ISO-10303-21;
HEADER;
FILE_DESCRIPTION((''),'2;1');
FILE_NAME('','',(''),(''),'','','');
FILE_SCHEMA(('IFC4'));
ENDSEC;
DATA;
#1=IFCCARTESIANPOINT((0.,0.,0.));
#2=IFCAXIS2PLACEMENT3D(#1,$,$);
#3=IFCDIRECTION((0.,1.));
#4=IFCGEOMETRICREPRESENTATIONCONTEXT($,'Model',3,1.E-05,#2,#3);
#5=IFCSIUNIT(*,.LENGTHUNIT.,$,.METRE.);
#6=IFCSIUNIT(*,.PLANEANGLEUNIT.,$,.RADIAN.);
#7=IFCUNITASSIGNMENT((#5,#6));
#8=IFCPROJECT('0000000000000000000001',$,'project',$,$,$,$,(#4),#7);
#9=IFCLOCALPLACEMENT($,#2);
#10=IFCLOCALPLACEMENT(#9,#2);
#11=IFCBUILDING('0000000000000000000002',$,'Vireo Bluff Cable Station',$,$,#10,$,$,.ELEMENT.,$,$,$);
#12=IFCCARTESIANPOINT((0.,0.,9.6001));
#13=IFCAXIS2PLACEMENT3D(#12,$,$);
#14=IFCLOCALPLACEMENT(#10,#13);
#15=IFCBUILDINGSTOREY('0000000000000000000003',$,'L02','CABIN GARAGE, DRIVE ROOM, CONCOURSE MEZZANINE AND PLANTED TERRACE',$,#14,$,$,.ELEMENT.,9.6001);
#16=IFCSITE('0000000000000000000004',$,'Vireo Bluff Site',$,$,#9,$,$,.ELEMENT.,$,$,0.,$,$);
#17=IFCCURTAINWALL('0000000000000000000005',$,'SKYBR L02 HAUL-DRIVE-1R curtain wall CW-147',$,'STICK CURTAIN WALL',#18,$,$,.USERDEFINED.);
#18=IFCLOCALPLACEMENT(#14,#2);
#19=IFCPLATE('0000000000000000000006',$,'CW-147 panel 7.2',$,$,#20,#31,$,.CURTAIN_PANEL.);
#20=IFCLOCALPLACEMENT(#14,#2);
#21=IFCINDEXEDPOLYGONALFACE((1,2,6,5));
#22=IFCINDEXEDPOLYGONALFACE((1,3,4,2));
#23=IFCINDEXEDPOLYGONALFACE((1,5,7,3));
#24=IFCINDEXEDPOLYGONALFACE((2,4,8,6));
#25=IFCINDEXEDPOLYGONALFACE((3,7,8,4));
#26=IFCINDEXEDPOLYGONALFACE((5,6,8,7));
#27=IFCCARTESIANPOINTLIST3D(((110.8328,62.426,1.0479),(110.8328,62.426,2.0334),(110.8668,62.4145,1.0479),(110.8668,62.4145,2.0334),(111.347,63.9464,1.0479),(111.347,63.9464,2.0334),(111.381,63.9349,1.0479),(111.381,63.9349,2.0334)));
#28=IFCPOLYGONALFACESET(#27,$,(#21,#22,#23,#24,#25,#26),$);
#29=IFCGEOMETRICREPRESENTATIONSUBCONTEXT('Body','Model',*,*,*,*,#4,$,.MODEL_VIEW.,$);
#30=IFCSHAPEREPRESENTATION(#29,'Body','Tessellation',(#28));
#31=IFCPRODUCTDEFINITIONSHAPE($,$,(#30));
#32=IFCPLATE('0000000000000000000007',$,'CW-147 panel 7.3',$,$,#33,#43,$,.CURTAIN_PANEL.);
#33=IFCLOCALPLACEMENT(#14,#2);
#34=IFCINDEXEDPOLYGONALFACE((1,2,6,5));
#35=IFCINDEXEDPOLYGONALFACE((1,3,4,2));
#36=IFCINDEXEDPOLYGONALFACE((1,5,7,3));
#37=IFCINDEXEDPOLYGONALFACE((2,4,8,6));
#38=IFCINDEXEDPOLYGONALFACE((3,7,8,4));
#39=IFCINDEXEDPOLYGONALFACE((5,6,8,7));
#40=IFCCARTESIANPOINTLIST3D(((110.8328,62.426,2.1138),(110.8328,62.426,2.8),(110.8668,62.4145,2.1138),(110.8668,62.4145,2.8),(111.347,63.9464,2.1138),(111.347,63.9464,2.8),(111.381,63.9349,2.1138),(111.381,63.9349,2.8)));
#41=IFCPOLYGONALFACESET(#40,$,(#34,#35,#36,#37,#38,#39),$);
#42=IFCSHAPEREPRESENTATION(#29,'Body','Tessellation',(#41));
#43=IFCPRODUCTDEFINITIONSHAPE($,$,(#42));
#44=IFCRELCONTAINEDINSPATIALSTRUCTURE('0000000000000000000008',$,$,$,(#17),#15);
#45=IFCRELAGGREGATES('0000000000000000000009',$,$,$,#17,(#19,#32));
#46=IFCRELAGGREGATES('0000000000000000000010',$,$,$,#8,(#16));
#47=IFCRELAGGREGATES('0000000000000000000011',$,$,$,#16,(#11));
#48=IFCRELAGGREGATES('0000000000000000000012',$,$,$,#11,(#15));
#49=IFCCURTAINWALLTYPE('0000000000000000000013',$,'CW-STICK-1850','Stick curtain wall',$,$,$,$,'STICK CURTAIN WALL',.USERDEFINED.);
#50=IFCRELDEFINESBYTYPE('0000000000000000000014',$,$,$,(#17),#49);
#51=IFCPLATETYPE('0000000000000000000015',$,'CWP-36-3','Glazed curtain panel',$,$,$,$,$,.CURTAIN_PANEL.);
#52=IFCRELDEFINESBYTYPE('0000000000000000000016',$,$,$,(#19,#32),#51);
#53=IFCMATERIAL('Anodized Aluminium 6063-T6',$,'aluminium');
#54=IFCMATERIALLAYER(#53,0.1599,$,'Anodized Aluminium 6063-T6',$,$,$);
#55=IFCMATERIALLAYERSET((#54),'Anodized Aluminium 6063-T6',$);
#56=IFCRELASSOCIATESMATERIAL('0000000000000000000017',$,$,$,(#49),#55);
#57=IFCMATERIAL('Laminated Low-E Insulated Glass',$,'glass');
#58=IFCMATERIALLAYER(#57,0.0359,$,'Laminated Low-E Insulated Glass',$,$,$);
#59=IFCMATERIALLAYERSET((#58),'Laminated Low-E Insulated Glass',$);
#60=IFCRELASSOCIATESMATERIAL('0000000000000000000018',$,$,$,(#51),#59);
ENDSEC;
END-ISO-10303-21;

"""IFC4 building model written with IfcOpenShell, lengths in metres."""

from ifc_helpers import new_model, si_unit, direction, frame, origin, origin_2d, place, context, subcontext, project, spatial, rectangle, extrude, material, layer, layer_set, type_object, element, aggregate, save


model = new_model("IFC4")

# Units and contexts
model_context = context("Model", 3, precision=1e-05, world=origin(), true_north=direction((0.0, 1.0)))
body_context = subcontext(model_context, "Body", "Model", "MODEL_VIEW")
ifc_project = project(units=[si_unit("LENGTHUNIT", "METRE"), si_unit("PLANEANGLEUNIT", "RADIAN")], contexts=[model_context])

# Site, building, storey
site_placement = place(None, origin())
site = spatial("IfcSite", under=ifc_project, at=site_placement, Name="Vireo Bluff Site", CompositionType="ELEMENT", RefElevation=0.0)
building_placement = place(site_placement, origin())
building = spatial("IfcBuilding", under=site, at=building_placement, Name="Vireo Bluff Cable Station", CompositionType="ELEMENT")
storey_placement = place(building_placement, frame((0.0, 0.0, 9.6001)))
storey = spatial("IfcBuildingStorey", under=building, at=storey_placement, Name="L02", Description="CABIN GARAGE, DRIVE ROOM, CONCOURSE MEZZANINE AND PLANTED TERRACE", CompositionType="ELEMENT", Elevation=9.6001)

# Shared definitions
ifc_material_1 = material(Name="Anodized Aluminium 6063-T6", Category="aluminium")
ifc_layer_1 = layer(ifc_material_1, 0.1599, Name="Anodized Aluminium 6063-T6")
ifc_layer_set_1 = layer_set([ifc_layer_1], Name="Anodized Aluminium 6063-T6")
curtain_wall_type = type_object("IfcCurtainWallType", Name="CW-STICK-1850", Description="Stick curtain wall", ElementType="STICK CURTAIN WALL", PredefinedType="USERDEFINED", material=ifc_layer_set_1)

# Curtain wall
curtain_wall_1_placement = place(storey_placement, origin())
curtain_wall_1 = element("IfcCurtainWall", 1, at=curtain_wall_1_placement, inside=storey, type_object=curtain_wall_type, Name="SKYBR L02 HAUL-DRIVE-1R curtain wall CW-147", ObjectType="STICK CURTAIN WALL", PredefinedType="USERDEFINED")

# Plates
ifc_material_2 = material(Name="Laminated Low-E Insulated Glass", Category="glass")
ifc_layer_2 = layer(ifc_material_2, 0.0359, Name="Laminated Low-E Insulated Glass")
ifc_layer_set_2 = layer_set([ifc_layer_2], Name="Laminated Low-E Insulated Glass")
plate_type = type_object("IfcPlateType", Name="CWP-36-3", Description="Glazed curtain panel", PredefinedType="CURTAIN_PANEL", material=ifc_layer_set_2)
plate_1_placement = place(storey_placement, frame((111.1069, 63.1804, 1.0479), z_axis=(0.0, 0.0, 1.0), x_axis=(0.320364, 0.947295, 0.0)))
plate_1 = element("IfcPlate", 2, at=plate_1_placement, type_object=plate_type, Name="CW-147 panel 7.2", PredefinedType="CURTAIN_PANEL", context=body_context, shape_type="SweptSolid", body=[
    extrude(rectangle(XDim=1.605, YDim=0.0359, at=origin_2d()), origin(), (0.0, 0.0, 1.0), 0.9856),
])
plate_2_placement = place(storey_placement, frame((111.1069, 63.1804, 2.1138), z_axis=(0.0, 0.0, 1.0), x_axis=(0.320364, 0.947295, 0.0)))
plate_2 = element("IfcPlate", 3, at=plate_2_placement, type_object=plate_type, Name="CW-147 panel 7.3", PredefinedType="CURTAIN_PANEL", context=body_context, shape_type="SweptSolid", body=[
    extrude(rectangle(XDim=1.605, YDim=0.0359, at=origin_2d()), origin(), (0.0, 0.0, 1.0), 0.6863),
])
aggregate(curtain_wall_1, [plate_1, plate_2])

save(model, "model.ifc")
